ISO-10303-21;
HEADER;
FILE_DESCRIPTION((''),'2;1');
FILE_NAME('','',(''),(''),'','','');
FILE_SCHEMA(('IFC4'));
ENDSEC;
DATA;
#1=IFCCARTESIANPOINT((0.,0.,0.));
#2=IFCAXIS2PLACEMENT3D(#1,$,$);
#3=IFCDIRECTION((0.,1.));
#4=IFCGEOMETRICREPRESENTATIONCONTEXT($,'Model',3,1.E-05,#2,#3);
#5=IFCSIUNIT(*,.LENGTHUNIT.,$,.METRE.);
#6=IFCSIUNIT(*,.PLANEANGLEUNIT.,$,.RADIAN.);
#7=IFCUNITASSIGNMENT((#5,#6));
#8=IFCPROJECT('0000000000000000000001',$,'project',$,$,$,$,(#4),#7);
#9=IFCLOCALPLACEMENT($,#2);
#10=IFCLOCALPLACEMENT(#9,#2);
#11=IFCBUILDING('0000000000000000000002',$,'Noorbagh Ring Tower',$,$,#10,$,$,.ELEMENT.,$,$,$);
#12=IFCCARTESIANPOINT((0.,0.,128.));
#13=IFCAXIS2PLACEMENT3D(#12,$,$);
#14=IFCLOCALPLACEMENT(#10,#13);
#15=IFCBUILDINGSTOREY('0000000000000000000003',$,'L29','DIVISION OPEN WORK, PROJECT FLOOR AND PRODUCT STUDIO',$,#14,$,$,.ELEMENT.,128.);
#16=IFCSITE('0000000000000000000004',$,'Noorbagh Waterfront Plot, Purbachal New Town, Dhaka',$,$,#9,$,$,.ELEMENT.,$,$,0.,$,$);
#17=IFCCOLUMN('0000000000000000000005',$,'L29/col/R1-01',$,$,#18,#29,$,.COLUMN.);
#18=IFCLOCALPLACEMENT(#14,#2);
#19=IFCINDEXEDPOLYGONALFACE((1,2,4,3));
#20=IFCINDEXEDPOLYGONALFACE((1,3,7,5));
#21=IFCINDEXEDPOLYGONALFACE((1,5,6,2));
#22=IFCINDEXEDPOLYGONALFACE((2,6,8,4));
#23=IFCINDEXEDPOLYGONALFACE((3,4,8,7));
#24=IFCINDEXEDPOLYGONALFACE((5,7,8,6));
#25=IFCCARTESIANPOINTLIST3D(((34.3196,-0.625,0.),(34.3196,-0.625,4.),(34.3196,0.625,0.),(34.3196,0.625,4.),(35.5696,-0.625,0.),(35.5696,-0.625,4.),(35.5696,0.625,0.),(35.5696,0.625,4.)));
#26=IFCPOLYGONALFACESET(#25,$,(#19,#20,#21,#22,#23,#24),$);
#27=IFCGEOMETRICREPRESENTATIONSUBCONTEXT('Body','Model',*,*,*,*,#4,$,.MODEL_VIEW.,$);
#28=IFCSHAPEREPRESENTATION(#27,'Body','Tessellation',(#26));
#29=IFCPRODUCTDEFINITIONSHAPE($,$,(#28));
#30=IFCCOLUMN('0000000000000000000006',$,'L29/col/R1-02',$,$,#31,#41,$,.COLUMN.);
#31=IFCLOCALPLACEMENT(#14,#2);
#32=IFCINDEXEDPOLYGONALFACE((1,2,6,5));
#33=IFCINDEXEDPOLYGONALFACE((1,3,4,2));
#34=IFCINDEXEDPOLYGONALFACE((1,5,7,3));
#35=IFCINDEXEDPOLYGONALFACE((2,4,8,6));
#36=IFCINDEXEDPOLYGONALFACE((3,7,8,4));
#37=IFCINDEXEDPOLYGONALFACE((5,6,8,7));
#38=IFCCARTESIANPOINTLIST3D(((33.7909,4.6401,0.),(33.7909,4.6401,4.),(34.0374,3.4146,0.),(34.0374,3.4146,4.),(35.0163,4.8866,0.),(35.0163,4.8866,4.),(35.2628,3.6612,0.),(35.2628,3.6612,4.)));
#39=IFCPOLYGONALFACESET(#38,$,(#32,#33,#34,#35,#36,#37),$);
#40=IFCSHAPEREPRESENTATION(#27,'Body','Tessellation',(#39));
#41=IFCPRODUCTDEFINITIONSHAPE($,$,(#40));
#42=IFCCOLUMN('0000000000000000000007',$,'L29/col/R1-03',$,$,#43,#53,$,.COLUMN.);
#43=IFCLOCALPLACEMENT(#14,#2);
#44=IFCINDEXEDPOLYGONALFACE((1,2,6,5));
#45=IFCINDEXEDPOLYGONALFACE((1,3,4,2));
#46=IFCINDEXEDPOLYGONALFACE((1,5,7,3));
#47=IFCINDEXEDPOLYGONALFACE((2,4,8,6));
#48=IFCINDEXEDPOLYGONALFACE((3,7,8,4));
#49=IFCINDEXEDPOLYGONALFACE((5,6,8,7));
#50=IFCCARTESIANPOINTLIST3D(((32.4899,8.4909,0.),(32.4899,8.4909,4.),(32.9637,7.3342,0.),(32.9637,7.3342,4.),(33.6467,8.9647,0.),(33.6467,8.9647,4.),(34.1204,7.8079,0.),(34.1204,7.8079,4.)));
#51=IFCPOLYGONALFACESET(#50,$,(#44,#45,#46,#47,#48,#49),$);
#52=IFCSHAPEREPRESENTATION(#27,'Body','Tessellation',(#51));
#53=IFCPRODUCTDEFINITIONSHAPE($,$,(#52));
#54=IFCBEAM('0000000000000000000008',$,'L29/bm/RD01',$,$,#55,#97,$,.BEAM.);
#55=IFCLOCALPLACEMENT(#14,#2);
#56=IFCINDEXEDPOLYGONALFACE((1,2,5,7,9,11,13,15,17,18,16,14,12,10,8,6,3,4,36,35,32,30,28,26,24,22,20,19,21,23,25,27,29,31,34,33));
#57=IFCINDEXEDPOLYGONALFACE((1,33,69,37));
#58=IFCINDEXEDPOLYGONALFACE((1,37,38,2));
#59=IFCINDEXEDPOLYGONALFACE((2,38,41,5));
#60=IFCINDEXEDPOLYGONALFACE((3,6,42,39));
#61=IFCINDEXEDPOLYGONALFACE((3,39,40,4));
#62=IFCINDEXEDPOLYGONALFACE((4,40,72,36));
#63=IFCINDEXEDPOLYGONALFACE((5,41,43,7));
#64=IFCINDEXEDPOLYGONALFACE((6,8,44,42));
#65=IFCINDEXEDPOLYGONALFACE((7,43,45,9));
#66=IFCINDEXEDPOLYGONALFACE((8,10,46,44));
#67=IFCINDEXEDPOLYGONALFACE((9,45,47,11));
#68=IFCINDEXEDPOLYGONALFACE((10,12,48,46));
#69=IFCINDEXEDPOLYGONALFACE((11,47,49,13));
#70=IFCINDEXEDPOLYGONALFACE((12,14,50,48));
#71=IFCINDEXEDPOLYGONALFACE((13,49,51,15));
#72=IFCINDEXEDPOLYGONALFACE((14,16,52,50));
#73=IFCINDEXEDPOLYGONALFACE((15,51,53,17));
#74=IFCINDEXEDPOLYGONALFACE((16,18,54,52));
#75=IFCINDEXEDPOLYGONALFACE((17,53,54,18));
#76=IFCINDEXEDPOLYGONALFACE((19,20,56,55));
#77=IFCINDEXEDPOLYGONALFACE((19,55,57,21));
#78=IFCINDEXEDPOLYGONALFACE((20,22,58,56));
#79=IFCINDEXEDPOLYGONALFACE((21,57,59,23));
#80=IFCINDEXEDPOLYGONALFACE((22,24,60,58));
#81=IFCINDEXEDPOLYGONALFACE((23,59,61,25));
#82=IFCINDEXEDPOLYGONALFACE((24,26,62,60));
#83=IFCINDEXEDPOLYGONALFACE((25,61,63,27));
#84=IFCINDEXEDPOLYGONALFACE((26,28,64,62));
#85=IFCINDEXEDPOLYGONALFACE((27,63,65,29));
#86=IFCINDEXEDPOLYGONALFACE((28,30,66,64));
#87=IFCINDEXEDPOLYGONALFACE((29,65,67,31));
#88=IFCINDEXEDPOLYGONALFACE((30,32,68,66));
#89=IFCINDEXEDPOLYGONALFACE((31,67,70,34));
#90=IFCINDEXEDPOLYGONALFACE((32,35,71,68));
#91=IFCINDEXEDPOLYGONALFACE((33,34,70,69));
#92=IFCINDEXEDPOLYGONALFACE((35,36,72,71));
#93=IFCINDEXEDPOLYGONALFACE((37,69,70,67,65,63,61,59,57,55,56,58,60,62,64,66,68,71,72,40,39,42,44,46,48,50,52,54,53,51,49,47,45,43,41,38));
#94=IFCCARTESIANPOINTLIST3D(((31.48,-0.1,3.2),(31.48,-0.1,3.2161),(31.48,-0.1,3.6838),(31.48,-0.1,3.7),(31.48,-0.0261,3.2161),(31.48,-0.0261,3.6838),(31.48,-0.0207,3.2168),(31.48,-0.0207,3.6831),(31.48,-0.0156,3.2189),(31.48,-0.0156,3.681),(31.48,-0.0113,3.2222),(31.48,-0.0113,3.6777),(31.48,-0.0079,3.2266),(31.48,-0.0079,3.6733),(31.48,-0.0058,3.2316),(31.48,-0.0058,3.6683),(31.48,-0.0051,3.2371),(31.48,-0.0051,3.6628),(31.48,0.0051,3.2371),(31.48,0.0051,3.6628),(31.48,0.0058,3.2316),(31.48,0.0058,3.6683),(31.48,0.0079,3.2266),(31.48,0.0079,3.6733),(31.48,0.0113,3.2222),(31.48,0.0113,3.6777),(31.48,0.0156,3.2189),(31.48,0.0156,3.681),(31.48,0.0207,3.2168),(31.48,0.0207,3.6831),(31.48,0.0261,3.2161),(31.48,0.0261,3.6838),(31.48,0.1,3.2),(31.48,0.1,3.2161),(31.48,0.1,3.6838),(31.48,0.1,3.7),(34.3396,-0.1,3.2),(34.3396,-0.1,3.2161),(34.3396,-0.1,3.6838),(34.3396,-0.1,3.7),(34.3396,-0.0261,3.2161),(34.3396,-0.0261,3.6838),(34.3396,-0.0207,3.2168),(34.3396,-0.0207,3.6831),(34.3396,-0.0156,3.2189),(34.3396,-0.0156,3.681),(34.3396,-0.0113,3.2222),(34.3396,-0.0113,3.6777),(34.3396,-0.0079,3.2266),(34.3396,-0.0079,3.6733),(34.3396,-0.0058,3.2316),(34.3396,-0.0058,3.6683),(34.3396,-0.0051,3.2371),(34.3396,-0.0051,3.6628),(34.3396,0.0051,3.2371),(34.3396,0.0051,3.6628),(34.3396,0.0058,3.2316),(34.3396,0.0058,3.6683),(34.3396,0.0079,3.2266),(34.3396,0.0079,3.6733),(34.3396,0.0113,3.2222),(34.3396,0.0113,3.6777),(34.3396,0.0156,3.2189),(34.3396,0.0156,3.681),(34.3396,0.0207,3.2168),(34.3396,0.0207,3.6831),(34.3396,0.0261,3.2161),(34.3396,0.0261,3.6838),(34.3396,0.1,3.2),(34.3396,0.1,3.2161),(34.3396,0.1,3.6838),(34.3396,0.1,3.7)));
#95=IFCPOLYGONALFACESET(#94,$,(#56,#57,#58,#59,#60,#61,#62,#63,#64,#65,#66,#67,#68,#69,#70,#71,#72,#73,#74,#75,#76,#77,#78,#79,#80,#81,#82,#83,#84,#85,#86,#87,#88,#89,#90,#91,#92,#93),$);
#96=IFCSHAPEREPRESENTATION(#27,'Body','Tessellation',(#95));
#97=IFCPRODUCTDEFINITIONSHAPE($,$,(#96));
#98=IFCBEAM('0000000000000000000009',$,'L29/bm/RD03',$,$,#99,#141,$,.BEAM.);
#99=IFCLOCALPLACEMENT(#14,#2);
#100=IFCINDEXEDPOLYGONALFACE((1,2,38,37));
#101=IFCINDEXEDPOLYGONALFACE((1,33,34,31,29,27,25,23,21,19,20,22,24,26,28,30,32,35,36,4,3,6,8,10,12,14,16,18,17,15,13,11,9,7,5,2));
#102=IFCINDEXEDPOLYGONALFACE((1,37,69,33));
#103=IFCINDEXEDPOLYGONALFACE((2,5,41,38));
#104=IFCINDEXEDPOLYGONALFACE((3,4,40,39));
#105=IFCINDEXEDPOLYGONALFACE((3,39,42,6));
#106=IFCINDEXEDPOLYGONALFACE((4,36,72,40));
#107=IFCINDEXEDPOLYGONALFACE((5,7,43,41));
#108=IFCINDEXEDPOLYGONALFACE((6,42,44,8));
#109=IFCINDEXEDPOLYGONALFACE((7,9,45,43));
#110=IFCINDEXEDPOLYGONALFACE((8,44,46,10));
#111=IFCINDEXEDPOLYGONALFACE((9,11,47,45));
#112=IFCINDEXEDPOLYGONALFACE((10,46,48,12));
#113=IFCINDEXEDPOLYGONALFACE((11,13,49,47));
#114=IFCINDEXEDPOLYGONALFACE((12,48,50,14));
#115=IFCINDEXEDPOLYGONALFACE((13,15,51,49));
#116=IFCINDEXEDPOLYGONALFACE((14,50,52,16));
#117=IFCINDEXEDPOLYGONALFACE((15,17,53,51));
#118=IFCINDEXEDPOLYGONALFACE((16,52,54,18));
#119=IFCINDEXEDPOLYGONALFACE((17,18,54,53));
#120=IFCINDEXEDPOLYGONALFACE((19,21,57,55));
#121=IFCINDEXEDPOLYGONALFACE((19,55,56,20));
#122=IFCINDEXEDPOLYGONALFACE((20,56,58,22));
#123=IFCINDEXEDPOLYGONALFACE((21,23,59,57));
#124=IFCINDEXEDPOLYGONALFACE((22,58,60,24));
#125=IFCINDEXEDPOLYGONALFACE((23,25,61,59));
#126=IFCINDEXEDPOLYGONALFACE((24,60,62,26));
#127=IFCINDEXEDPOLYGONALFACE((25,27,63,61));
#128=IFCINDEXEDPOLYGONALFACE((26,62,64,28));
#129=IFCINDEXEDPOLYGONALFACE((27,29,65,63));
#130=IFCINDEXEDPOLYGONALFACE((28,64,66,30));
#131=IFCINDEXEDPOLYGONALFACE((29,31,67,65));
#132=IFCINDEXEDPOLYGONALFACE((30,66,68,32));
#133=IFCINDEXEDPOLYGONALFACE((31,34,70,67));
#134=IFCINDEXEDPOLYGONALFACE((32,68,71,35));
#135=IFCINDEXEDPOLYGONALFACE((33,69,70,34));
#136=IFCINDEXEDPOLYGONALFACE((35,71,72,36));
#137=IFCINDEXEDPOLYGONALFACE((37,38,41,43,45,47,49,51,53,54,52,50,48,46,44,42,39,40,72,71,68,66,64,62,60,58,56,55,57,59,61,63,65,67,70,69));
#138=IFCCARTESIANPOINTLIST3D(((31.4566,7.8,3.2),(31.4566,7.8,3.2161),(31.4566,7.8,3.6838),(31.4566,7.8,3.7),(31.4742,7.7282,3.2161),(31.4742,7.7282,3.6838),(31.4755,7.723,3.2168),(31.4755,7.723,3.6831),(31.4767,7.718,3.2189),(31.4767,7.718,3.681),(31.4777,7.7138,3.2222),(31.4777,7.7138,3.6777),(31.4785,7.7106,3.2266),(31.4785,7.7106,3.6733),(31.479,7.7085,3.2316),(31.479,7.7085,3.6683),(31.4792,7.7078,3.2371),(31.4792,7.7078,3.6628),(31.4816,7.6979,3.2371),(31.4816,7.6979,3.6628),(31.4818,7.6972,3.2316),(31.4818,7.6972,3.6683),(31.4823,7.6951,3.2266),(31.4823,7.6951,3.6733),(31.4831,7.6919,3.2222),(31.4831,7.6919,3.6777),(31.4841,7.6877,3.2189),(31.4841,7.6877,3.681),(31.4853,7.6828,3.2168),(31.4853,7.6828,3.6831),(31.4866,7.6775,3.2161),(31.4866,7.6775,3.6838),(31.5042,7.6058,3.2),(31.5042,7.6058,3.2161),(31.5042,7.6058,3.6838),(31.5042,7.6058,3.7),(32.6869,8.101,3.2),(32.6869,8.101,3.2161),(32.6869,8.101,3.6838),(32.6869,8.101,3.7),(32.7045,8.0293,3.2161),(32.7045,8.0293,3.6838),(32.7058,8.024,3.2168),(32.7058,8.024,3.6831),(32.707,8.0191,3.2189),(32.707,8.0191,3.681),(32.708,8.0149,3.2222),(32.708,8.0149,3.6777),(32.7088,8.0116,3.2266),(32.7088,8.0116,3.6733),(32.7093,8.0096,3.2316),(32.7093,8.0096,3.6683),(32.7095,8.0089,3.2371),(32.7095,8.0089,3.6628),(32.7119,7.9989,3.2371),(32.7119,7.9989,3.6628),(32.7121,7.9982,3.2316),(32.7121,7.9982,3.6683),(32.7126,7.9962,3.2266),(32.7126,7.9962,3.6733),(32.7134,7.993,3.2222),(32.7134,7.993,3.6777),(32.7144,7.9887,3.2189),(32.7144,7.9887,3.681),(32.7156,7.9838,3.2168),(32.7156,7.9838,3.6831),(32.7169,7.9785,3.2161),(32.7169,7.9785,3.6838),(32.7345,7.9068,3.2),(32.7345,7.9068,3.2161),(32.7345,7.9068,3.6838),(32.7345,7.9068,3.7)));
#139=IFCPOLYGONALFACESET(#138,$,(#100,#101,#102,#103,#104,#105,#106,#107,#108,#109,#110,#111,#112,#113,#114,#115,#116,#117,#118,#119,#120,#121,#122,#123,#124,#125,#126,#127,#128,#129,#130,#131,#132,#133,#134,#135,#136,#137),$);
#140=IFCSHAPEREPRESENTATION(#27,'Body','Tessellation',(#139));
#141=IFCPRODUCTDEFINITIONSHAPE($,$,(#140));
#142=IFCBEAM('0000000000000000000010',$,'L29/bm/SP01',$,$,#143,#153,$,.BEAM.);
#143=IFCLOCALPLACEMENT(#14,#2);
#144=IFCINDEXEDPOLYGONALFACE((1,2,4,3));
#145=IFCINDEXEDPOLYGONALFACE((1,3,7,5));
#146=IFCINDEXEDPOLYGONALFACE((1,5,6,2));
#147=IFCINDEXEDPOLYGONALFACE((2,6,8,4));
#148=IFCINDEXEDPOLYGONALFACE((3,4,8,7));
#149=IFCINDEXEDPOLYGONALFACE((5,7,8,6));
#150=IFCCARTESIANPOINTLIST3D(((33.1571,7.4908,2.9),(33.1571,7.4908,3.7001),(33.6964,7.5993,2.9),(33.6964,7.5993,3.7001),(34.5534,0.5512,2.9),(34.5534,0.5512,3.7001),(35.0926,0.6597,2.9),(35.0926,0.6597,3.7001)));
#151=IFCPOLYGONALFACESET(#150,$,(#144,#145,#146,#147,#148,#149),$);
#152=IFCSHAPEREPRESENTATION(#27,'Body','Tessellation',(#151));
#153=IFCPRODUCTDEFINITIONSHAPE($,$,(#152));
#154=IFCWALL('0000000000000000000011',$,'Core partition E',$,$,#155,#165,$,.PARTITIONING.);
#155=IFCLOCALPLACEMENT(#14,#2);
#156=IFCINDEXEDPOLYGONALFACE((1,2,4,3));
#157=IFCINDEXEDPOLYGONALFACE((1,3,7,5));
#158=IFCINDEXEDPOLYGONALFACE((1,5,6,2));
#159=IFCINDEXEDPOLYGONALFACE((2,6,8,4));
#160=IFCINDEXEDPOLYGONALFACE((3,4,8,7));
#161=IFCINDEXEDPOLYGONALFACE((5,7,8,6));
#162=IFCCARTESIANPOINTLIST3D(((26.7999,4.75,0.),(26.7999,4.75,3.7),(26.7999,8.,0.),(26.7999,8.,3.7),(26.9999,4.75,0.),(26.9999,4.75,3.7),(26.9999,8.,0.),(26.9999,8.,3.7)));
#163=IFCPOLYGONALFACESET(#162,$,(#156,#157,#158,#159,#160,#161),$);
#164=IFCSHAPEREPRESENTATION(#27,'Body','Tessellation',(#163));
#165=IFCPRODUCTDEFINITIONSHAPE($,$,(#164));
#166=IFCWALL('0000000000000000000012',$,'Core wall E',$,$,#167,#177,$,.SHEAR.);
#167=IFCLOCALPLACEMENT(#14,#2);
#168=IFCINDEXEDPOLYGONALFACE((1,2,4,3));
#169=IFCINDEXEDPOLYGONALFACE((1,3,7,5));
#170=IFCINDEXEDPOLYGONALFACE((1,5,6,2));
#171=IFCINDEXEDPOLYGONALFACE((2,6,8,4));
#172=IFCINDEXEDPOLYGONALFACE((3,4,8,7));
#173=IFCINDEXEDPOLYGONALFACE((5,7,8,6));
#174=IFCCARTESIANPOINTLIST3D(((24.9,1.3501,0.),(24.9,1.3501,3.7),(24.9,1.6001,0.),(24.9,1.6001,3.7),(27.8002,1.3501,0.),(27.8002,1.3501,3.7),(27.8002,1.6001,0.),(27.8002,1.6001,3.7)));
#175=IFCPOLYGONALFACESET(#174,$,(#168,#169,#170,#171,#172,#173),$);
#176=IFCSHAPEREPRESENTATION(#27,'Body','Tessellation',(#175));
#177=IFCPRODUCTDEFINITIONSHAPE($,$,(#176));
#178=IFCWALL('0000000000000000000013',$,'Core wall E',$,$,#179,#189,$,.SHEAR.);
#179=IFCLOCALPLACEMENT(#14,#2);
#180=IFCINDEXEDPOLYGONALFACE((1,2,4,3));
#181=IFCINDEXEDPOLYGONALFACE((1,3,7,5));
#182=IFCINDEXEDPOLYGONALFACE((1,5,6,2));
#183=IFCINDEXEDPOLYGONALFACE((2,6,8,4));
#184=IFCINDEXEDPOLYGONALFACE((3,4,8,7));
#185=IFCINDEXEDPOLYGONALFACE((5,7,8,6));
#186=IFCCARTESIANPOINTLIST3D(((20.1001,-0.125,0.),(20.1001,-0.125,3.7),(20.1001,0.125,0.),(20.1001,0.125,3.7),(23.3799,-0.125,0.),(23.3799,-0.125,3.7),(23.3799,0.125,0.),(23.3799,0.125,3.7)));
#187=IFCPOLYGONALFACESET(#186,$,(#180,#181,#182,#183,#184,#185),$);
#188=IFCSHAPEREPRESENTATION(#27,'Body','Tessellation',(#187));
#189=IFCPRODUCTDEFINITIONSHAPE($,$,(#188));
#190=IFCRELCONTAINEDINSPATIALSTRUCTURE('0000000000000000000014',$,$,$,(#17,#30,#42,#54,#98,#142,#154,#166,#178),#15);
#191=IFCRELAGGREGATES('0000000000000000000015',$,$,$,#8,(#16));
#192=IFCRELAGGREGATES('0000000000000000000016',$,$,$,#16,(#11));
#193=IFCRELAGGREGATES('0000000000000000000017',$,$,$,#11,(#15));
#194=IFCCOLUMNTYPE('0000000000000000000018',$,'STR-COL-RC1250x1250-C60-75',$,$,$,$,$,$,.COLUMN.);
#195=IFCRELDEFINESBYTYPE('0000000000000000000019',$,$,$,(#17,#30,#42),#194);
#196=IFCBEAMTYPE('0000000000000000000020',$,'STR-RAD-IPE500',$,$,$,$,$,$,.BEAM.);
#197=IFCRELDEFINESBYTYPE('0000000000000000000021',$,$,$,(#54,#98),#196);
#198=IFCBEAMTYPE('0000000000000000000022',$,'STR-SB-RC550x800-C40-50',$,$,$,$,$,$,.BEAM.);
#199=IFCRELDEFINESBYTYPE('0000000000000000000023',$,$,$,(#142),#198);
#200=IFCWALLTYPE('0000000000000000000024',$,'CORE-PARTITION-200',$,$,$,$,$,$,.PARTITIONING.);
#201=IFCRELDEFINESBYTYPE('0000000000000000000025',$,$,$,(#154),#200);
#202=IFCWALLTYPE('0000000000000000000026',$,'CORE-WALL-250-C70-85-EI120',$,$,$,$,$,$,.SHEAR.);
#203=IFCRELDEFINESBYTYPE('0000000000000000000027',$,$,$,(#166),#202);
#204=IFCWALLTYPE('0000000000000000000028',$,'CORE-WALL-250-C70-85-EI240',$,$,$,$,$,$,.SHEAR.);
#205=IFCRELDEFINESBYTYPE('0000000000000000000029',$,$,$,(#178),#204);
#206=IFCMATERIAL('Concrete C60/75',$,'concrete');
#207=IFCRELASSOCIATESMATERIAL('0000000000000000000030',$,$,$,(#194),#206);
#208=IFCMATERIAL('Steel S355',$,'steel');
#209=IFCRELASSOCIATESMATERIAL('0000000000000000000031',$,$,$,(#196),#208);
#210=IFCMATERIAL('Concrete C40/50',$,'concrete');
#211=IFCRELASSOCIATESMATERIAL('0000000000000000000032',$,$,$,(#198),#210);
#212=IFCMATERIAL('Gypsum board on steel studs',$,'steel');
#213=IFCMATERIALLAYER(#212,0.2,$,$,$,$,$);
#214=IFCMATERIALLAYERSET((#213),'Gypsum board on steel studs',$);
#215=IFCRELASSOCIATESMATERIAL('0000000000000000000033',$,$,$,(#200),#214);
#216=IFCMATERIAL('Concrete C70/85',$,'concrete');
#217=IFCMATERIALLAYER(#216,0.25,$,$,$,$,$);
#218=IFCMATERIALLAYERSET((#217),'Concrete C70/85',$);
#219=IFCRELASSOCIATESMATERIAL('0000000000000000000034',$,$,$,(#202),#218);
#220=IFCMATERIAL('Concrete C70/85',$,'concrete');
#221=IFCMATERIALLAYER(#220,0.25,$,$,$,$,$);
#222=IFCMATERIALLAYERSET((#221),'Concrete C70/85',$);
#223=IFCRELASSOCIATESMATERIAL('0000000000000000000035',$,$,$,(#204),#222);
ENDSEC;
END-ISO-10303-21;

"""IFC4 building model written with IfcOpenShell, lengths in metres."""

from ifc_helpers import new_model, si_unit, direction, frame, frame_2d, origin, origin_2d, place, context, subcontext, project, spatial, rectangle, i_section, extrude, material, layer, layer_set, material_profile, profile_set, type_object, element, save


model = new_model("IFC4")

# Units and contexts
model_context = context("Model", 3, precision=1e-05, world=origin(), true_north=direction((0.0, 1.0)))
body_context = subcontext(model_context, "Body", "Model", "MODEL_VIEW")
ifc_project = project(units=[si_unit("LENGTHUNIT", "METRE"), si_unit("PLANEANGLEUNIT", "RADIAN")], contexts=[model_context])

# Site, building, storey
site_placement = place(None, origin())
site = spatial("IfcSite", under=ifc_project, at=site_placement, Name="Noorbagh Waterfront Plot, Purbachal New Town, Dhaka", CompositionType="ELEMENT", RefElevation=0.0)
building_placement = place(site_placement, origin())
building = spatial("IfcBuilding", under=site, at=building_placement, Name="Noorbagh Ring Tower", CompositionType="ELEMENT")
storey_placement = place(building_placement, frame((0.0, 0.0, 128.0)))
storey = spatial("IfcBuildingStorey", under=building, at=storey_placement, Name="L29", Description="DIVISION OPEN WORK, PROJECT FLOOR AND PRODUCT STUDIO", CompositionType="ELEMENT", Elevation=128.0)

# Columns
ifc_material_1 = material(Name="Concrete C60/75", Category="concrete")
ifc_material_profile_1 = material_profile(ifc_material_1, rectangle(XDim=1.25, YDim=1.25, at=origin_2d()), Name="RC1250x1250")
ifc_profile_set_1 = profile_set([ifc_material_profile_1], Name="Concrete C60/75")
column_type = type_object("IfcColumnType", Name="STR-COL-RC1250x1250-C60-75", PredefinedType="COLUMN", material=ifc_profile_set_1)
for number, where, z_axis, x_axis, name in (
    (1, (34.9446, 0.0, 0.0), (0.0, 0.0, 1.0), (0.0, 1.0, 0.0), "L29/col/R1-01"),
    (2, (34.5269, 4.1506, 0.0), (0.0, 0.0, 1.0), (-0.19723, 0.980357, 0.0), "L29/col/R1-02"),
    (3, (33.3052, 8.1494, 0.0), (0.0, 0.0, 1.0), (-0.378989, 0.925401, 0.0), "L29/col/R1-03"),
):
    element("IfcColumn", number, at=place(storey_placement, frame(where, z_axis=z_axis, x_axis=x_axis)), inside=storey, type_object=column_type, Name=name, PredefinedType="COLUMN", context=body_context, shape_type="SweptSolid", body=[
        extrude(rectangle(XDim=1.25, YDim=1.25, at=origin_2d()), origin(), (0.0, 0.0, 1.0), 4.0),
    ])

# Beams
ifc_material_2 = material(Name="Steel S355", Category="steel")
ifc_material_profile_2 = material_profile(ifc_material_2, i_section(OverallWidth=0.2, OverallDepth=0.5, WebThickness=0.0103, FlangeThickness=0.0161, FilletRadius=0.021, at=origin_2d()), Name="IPE500")
ifc_profile_set_2 = profile_set([ifc_material_profile_2], Name="Steel S355")
beam_type_1 = type_object("IfcBeamType", Name="STR-RAD-IPE500", PredefinedType="BEAM", material=ifc_profile_set_2)
beam_1_placement = place(storey_placement, frame((34.3396, 0.0, 3.45), z_axis=(-1.0, 0.0, 0.0), x_axis=(0.0, -1.0, 0.0)))
element("IfcBeam", 4, at=beam_1_placement, inside=storey, type_object=beam_type_1, Name="L29/bm/RD01", PredefinedType="BEAM", context=body_context, shape_type="SweptSolid", body=[
    extrude(i_section(OverallWidth=0.2, OverallDepth=0.5, WebThickness=0.0103, FlangeThickness=0.0161, FilletRadius=0.021, at=origin_2d()), origin(), (0.0, 0.0, 1.0), 2.8596),
])
beam_2_placement = place(storey_placement, frame((32.7107, 8.0039, 3.45), z_axis=(-0.971344, -0.237679, 0.0), x_axis=(0.237679, -0.971344, 0.0)))
element("IfcBeam", 5, at=beam_2_placement, inside=storey, type_object=beam_type_1, Name="L29/bm/RD03", PredefinedType="BEAM", context=body_context, shape_type="SweptSolid", body=[
    extrude(i_section(OverallWidth=0.2, OverallDepth=0.5, WebThickness=0.0103, FlangeThickness=0.0161, FilletRadius=0.021, at=origin_2d()), origin(), (0.0, 0.0, 1.0), 1.2666),
])
ifc_material_3 = material(Name="Concrete C40/50", Category="concrete")
ifc_material_profile_3 = material_profile(ifc_material_3, rectangle(XDim=0.55, YDim=0.8, at=origin_2d()), Name="RC550x800")
ifc_profile_set_3 = profile_set([ifc_material_profile_3], Name="Concrete C40/50")
beam_type_2 = type_object("IfcBeamType", Name="STR-SB-RC550x800-C40-50", PredefinedType="BEAM", material=ifc_profile_set_3)
beam_3_placement = place(storey_placement, frame((34.823, 0.6055, 3.3), z_axis=(-0.19725, 0.980353, 0.0), x_axis=(-0.980353, -0.19725, 0.0)))
element("IfcBeam", 6, at=beam_3_placement, inside=storey, type_object=beam_type_2, Name="L29/bm/SP01", PredefinedType="BEAM", context=body_context, shape_type="SweptSolid", body=[
    extrude(rectangle(XDim=0.55, YDim=0.8, at=origin_2d()), origin(), (0.0, 0.0, 1.0), 7.0786),
])

# Walls
ifc_material_4 = material(Name="Gypsum board on steel studs", Category="steel")
ifc_layer_1 = layer(ifc_material_4, 0.2)
ifc_layer_set_1 = layer_set([ifc_layer_1], Name="Gypsum board on steel studs")
wall_type_1 = type_object("IfcWallType", Name="CORE-PARTITION-200", PredefinedType="PARTITIONING", material=ifc_layer_set_1)
wall_1_placement = place(storey_placement, frame((26.8999, 4.75, 0.0), z_axis=(0.0, 0.0, 1.0), x_axis=(0.0, 1.0, 0.0)))
element("IfcWall", 7, at=wall_1_placement, inside=storey, type_object=wall_type_1, Name="Core partition E", PredefinedType="PARTITIONING", context=body_context, shape_type="SweptSolid", body=[
    extrude(rectangle(XDim=3.25, YDim=0.2, at=frame_2d((1.625, 0.0))), origin(), (0.0, 0.0, 1.0), 3.7),
])
ifc_material_5 = material(Name="Concrete C70/85", Category="concrete")
ifc_layer_2 = layer(ifc_material_5, 0.25)
ifc_layer_set_2 = layer_set([ifc_layer_2], Name="Concrete C70/85")
wall_type_2 = type_object("IfcWallType", Name="CORE-WALL-250-C70-85-EI120", PredefinedType="SHEAR", material=ifc_layer_set_2)
wall_2_placement = place(storey_placement, frame((24.8999, 1.4751, 0.0), z_axis=(0.0, 0.0, 1.0), x_axis=(1.0, 0.0, 0.0)))
element("IfcWall", 8, at=wall_2_placement, inside=storey, type_object=wall_type_2, Name="Core wall E", PredefinedType="SHEAR", context=body_context, shape_type="SweptSolid", body=[
    extrude(rectangle(XDim=2.9001, YDim=0.25, at=frame_2d((1.4502, 0.0))), origin(), (0.0, 0.0, 1.0), 3.7),
])
ifc_material_6 = material(Name="Concrete C70/85", Category="concrete")
ifc_layer_3 = layer(ifc_material_6, 0.25)
ifc_layer_set_3 = layer_set([ifc_layer_3], Name="Concrete C70/85")
wall_type_3 = type_object("IfcWallType", Name="CORE-WALL-250-C70-85-EI240", PredefinedType="SHEAR", material=ifc_layer_set_3)
wall_3_placement = place(storey_placement, frame((20.1001, 0.0, 0.0), z_axis=(0.0, 0.0, 1.0), x_axis=(1.0, 0.0, 0.0)))
element("IfcWall", 9, at=wall_3_placement, inside=storey, type_object=wall_type_3, Name="Core wall E", PredefinedType="SHEAR", context=body_context, shape_type="SweptSolid", body=[
    extrude(rectangle(XDim=3.2798, YDim=0.25, at=frame_2d((1.6399, 0.0))), origin(), (0.0, 0.0, 1.0), 3.7),
])

save(model, "model.ifc")
